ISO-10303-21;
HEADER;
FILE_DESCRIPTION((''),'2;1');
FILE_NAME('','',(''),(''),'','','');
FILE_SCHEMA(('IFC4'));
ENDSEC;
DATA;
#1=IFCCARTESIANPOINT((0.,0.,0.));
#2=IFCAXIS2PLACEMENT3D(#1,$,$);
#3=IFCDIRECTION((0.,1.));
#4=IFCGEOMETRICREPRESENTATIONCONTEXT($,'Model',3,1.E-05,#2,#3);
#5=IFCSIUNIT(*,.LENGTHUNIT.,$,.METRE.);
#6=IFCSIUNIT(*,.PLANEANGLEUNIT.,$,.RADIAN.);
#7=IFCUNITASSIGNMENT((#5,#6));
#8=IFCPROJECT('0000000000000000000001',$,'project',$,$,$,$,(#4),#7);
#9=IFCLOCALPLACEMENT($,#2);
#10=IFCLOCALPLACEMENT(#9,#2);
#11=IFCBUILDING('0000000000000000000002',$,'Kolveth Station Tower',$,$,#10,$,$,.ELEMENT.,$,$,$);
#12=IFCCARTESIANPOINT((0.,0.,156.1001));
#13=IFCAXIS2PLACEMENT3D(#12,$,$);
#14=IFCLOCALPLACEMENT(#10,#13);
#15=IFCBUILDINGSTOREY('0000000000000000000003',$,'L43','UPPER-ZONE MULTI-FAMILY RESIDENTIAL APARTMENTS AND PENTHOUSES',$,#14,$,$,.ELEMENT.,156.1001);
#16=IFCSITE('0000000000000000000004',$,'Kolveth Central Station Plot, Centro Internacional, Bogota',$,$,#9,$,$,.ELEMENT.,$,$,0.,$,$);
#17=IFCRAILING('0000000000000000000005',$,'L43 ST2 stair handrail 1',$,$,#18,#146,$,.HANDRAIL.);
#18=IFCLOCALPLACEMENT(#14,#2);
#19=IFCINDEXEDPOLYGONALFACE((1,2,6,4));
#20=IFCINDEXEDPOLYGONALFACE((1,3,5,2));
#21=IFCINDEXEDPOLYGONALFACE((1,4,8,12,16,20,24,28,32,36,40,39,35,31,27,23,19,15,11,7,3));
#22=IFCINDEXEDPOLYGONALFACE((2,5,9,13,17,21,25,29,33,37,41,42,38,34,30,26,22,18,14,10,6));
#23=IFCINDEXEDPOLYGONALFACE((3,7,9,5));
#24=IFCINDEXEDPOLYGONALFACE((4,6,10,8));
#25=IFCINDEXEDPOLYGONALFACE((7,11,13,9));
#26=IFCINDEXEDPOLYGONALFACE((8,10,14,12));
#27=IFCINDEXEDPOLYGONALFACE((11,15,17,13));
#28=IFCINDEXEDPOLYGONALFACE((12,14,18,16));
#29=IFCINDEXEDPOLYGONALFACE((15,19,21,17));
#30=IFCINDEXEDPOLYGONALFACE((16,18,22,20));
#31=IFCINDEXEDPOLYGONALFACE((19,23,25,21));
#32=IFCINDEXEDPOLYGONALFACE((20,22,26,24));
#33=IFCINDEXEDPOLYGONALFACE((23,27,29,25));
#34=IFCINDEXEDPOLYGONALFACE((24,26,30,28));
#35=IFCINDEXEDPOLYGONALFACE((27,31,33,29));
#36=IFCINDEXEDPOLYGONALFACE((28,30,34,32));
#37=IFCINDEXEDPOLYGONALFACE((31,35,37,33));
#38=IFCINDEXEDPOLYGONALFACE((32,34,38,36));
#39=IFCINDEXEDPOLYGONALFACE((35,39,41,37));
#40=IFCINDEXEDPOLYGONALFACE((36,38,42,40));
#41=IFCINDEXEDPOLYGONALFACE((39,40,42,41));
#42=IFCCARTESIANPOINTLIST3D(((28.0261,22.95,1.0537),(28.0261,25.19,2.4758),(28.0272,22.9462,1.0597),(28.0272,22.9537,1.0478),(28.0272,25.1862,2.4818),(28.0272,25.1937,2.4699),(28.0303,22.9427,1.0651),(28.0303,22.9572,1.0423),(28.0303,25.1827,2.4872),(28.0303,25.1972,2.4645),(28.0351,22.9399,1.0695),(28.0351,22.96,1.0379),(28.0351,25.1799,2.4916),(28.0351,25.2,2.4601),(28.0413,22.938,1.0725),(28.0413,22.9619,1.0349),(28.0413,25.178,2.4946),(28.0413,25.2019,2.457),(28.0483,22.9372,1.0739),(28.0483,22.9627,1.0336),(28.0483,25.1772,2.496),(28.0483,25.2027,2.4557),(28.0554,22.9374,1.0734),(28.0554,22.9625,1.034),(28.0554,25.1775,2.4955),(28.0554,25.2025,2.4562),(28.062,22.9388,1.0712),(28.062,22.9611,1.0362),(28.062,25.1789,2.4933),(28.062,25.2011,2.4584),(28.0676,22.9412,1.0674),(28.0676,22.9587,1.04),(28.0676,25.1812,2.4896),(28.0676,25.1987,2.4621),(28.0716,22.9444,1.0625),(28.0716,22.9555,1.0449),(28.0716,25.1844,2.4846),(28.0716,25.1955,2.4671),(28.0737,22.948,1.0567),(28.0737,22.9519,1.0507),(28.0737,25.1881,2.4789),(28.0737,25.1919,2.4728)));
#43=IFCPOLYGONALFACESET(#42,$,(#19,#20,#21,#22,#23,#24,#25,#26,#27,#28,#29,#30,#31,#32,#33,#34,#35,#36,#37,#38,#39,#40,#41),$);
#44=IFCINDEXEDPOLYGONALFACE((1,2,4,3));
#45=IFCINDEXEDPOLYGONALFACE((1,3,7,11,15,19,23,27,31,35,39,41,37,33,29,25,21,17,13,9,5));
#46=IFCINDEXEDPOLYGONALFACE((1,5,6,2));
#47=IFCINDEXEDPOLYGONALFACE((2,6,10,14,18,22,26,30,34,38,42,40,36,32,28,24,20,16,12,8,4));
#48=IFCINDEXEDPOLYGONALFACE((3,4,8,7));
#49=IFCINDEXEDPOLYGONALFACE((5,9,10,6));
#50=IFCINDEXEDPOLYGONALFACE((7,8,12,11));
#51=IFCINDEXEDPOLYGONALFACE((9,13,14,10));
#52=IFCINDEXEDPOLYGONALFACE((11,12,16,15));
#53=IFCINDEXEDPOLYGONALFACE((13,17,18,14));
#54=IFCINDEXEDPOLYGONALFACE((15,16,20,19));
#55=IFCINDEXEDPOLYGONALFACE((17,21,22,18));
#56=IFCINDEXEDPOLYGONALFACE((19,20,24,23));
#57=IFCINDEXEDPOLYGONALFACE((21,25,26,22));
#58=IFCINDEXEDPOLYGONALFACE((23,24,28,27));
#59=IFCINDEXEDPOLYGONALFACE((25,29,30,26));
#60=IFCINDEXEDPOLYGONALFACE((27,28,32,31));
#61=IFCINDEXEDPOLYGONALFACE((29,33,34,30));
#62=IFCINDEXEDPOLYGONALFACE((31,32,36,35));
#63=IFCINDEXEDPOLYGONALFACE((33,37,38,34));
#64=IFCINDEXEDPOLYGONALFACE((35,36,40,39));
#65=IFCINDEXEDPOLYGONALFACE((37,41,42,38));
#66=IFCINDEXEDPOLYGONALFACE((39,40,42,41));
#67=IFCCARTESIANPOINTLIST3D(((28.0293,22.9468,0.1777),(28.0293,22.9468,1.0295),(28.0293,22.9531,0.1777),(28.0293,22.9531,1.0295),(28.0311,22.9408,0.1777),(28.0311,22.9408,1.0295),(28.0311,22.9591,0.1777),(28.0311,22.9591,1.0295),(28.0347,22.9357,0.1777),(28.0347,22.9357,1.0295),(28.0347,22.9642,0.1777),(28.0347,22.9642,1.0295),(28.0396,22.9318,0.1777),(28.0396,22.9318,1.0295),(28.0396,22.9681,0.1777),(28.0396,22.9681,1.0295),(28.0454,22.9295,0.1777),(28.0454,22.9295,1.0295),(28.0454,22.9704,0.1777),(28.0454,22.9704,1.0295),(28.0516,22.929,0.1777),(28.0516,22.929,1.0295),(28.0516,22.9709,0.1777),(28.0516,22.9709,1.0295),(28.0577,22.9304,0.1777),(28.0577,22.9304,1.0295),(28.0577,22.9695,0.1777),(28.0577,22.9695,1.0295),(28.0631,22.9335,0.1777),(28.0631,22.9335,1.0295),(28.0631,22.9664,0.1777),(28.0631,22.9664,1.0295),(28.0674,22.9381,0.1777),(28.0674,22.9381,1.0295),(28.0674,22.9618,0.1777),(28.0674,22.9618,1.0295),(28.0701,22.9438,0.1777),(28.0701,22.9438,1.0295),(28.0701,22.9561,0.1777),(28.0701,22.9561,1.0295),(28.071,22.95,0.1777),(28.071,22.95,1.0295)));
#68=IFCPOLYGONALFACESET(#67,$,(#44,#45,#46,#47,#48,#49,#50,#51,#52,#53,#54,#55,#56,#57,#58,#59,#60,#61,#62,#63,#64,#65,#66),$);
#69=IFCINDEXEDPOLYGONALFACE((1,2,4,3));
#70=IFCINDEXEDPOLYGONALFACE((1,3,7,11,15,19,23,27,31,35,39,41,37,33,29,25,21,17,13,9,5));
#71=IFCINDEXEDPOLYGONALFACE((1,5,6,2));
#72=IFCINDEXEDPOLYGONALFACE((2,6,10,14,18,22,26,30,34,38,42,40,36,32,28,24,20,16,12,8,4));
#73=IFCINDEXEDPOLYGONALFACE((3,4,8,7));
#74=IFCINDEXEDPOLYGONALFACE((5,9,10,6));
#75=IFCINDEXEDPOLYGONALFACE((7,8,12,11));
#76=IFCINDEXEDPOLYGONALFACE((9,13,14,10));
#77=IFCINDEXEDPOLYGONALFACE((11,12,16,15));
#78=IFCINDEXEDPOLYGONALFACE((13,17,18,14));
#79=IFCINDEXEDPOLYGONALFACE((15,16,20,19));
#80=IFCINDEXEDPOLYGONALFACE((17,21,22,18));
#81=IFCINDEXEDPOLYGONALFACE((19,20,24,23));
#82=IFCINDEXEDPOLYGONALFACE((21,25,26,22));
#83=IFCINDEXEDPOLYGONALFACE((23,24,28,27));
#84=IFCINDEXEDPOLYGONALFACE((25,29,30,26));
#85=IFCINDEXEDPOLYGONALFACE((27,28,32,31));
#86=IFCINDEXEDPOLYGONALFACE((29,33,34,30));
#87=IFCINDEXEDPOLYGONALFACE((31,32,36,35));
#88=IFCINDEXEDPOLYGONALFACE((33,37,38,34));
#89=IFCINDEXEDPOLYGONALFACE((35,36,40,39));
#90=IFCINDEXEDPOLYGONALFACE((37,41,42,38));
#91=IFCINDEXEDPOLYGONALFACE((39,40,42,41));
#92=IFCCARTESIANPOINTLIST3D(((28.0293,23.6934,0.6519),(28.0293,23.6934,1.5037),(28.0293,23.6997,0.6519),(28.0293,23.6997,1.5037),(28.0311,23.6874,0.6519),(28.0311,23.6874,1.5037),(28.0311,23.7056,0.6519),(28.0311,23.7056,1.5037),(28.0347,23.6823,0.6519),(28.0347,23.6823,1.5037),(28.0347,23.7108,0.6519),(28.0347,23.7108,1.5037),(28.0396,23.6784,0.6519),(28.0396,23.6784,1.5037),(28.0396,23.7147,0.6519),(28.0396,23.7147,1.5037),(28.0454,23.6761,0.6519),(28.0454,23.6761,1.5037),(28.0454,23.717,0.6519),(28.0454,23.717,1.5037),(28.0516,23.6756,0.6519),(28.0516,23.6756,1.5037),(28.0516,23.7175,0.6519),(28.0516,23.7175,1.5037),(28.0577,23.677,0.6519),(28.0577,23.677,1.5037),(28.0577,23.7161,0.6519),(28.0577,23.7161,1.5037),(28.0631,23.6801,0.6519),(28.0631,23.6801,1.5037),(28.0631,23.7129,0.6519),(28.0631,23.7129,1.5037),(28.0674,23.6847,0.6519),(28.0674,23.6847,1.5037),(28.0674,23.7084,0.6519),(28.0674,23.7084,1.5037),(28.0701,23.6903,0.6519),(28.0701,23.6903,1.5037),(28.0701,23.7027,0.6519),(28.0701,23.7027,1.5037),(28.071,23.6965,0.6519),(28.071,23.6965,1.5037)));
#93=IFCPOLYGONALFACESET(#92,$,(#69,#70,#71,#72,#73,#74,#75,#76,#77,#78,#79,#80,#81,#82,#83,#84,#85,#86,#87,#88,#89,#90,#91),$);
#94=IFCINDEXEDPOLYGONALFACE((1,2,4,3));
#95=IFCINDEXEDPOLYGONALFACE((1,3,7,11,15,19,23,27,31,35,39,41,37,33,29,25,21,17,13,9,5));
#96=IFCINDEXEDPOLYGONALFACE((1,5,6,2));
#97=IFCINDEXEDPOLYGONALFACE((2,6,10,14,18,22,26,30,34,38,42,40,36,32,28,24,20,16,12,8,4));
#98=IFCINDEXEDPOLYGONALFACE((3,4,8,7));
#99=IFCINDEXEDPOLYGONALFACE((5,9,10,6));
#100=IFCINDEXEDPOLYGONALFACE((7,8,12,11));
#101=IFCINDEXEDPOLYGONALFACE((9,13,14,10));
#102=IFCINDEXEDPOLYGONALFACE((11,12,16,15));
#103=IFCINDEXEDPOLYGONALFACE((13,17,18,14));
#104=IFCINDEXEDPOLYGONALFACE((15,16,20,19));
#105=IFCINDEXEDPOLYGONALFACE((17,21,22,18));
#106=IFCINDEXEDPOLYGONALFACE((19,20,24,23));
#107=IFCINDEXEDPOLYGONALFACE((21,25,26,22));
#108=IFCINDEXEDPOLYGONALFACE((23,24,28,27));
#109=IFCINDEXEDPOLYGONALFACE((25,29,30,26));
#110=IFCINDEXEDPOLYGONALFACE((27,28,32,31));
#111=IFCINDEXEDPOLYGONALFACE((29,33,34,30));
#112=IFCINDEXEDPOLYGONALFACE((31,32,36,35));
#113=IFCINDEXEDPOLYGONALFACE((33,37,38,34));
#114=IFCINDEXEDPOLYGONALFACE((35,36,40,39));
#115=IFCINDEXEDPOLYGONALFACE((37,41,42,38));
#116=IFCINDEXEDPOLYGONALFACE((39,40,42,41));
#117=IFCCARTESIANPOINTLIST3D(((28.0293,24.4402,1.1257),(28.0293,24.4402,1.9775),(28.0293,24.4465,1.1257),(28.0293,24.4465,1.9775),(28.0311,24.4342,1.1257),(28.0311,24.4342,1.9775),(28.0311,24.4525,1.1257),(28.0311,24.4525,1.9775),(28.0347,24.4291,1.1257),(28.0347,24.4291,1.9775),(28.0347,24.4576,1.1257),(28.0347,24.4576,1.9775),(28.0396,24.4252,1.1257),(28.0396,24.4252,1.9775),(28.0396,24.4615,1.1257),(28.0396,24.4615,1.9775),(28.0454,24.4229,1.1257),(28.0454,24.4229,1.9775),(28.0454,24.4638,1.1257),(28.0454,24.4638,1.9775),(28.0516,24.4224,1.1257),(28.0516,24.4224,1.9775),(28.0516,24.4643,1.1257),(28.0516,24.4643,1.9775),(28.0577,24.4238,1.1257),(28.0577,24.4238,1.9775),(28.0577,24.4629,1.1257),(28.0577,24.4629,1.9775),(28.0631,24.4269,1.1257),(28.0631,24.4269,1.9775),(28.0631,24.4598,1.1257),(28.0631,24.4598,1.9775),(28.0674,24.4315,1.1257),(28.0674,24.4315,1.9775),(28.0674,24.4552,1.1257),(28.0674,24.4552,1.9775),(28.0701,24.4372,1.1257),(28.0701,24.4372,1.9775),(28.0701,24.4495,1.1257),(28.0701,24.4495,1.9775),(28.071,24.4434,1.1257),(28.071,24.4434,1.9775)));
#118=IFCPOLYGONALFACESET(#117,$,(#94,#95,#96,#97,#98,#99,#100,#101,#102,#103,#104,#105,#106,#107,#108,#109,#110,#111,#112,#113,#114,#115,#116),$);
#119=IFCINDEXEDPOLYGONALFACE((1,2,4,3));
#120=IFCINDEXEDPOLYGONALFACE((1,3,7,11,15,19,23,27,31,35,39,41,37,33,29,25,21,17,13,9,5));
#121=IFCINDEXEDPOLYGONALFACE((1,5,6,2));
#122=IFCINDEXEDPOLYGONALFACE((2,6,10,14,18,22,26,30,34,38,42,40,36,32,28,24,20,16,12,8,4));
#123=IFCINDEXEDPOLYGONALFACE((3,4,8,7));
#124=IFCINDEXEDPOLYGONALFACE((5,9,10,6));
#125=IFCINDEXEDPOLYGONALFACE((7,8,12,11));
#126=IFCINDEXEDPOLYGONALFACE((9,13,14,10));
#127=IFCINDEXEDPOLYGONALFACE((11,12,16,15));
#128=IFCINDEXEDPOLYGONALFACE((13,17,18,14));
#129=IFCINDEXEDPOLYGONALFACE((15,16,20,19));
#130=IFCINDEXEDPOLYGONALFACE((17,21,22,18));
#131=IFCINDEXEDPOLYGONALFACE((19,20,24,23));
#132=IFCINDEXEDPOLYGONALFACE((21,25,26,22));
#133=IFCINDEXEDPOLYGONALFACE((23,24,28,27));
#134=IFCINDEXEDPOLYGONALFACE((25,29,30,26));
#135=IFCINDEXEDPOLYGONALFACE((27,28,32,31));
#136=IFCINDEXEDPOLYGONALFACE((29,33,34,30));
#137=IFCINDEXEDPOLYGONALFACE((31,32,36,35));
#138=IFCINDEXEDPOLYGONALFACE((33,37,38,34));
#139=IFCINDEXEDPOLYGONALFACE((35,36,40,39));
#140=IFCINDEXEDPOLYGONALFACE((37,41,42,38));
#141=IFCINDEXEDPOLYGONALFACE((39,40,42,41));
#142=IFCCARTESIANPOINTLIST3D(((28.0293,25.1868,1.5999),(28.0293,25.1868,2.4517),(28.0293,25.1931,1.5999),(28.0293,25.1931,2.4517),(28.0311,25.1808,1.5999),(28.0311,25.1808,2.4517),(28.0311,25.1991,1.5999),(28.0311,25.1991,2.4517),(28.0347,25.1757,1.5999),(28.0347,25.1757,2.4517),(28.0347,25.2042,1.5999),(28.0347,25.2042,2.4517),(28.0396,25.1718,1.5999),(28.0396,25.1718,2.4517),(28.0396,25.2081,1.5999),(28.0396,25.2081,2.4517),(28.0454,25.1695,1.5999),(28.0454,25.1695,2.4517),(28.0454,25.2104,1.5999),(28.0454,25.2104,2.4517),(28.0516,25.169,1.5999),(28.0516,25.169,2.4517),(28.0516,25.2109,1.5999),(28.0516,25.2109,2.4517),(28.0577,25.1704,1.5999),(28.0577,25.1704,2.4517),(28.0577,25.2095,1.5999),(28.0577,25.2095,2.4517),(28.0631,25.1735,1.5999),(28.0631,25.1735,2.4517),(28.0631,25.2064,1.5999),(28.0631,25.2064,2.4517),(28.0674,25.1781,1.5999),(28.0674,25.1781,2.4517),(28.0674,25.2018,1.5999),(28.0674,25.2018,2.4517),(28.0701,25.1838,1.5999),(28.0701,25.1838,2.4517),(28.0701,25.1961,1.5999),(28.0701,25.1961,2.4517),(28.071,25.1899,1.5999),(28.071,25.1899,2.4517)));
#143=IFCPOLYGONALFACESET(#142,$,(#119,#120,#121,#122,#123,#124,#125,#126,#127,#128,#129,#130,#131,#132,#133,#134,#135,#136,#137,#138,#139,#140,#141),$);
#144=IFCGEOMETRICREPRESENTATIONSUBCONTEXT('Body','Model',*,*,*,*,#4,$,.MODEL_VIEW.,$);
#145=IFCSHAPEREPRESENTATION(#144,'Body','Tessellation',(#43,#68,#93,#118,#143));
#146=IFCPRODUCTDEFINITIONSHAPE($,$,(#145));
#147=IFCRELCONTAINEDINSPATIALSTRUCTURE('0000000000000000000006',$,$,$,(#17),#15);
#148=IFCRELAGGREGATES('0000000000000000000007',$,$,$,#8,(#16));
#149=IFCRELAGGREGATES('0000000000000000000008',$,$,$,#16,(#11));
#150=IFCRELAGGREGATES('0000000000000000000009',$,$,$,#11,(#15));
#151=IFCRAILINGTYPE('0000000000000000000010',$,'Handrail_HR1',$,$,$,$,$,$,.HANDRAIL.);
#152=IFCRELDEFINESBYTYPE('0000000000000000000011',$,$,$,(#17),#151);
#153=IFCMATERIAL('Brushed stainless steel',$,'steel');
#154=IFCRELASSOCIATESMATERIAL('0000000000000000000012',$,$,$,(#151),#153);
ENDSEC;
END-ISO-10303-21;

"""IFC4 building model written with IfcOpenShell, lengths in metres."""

from ifc_helpers import new_model, si_unit, direction, frame, origin, origin_2d, place, context, subcontext, project, spatial, circle, extrude, material, type_object, element, save


model = new_model("IFC4")

# Units and contexts
model_context = context("Model", 3, precision=1e-05, world=origin(), true_north=direction((0.0, 1.0)))
body_context = subcontext(model_context, "Body", "Model", "MODEL_VIEW")
ifc_project = project(units=[si_unit("LENGTHUNIT", "METRE"), si_unit("PLANEANGLEUNIT", "RADIAN")], contexts=[model_context])

# Site, building, storey
site_placement = place(None, origin())
site = spatial("IfcSite", under=ifc_project, at=site_placement, Name="Kolveth Central Station Plot, Centro Internacional, Bogota", CompositionType="ELEMENT", RefElevation=0.0)
building_placement = place(site_placement, origin())
building = spatial("IfcBuilding", under=site, at=building_placement, Name="Kolveth Station Tower", CompositionType="ELEMENT")
storey_placement = place(building_placement, frame((0.0, 0.0, 156.1001)))
storey = spatial("IfcBuildingStorey", under=building, at=storey_placement, Name="L43", Description="UPPER-ZONE MULTI-FAMILY RESIDENTIAL APARTMENTS AND PENTHOUSES", CompositionType="ELEMENT", Elevation=156.1001)

# Railing
ifc_material_1 = material(Name="Brushed stainless steel", Category="steel")
railing_type_1 = type_object("IfcRailingType", Name="Handrail_HR1", PredefinedType="HANDRAIL", material=ifc_material_1)
for number, where, name in (
    (1, (28.05, 22.95, 0.1777), "L43 ST2 stair handrail 1"),
):
    element("IfcRailing", number, at=place(storey_placement, frame(where)), inside=storey, type_object=railing_type_1, Name=name, PredefinedType="HANDRAIL", context=body_context, shape_type="SweptSolid", body=[
        extrude(circle(Radius=0.0239, at=origin_2d()), frame((0.0, 0.0, 0.876), z_axis=(0.0, 0.844229, 0.535982), x_axis=(-1.0, 0.0, 0.0)), (0.0, 0.0, 1.0), 2.6533),
        extrude(circle(Radius=0.021, at=origin_2d()), origin(), (0.0, 0.0, 1.0), 0.8518),
        extrude(circle(Radius=0.021, at=origin_2d()), frame((0.0, 0.7466, 0.4741)), (0.0, 0.0, 1.0), 0.8518),
        extrude(circle(Radius=0.021, at=origin_2d()), frame((0.0, 1.4934, 0.948)), (0.0, 0.0, 1.0), 0.8518),
        extrude(circle(Radius=0.021, at=origin_2d()), frame((0.0, 2.24, 1.4221)), (0.0, 0.0, 1.0), 0.8518),
    ])

save(model, "model.ifc")
